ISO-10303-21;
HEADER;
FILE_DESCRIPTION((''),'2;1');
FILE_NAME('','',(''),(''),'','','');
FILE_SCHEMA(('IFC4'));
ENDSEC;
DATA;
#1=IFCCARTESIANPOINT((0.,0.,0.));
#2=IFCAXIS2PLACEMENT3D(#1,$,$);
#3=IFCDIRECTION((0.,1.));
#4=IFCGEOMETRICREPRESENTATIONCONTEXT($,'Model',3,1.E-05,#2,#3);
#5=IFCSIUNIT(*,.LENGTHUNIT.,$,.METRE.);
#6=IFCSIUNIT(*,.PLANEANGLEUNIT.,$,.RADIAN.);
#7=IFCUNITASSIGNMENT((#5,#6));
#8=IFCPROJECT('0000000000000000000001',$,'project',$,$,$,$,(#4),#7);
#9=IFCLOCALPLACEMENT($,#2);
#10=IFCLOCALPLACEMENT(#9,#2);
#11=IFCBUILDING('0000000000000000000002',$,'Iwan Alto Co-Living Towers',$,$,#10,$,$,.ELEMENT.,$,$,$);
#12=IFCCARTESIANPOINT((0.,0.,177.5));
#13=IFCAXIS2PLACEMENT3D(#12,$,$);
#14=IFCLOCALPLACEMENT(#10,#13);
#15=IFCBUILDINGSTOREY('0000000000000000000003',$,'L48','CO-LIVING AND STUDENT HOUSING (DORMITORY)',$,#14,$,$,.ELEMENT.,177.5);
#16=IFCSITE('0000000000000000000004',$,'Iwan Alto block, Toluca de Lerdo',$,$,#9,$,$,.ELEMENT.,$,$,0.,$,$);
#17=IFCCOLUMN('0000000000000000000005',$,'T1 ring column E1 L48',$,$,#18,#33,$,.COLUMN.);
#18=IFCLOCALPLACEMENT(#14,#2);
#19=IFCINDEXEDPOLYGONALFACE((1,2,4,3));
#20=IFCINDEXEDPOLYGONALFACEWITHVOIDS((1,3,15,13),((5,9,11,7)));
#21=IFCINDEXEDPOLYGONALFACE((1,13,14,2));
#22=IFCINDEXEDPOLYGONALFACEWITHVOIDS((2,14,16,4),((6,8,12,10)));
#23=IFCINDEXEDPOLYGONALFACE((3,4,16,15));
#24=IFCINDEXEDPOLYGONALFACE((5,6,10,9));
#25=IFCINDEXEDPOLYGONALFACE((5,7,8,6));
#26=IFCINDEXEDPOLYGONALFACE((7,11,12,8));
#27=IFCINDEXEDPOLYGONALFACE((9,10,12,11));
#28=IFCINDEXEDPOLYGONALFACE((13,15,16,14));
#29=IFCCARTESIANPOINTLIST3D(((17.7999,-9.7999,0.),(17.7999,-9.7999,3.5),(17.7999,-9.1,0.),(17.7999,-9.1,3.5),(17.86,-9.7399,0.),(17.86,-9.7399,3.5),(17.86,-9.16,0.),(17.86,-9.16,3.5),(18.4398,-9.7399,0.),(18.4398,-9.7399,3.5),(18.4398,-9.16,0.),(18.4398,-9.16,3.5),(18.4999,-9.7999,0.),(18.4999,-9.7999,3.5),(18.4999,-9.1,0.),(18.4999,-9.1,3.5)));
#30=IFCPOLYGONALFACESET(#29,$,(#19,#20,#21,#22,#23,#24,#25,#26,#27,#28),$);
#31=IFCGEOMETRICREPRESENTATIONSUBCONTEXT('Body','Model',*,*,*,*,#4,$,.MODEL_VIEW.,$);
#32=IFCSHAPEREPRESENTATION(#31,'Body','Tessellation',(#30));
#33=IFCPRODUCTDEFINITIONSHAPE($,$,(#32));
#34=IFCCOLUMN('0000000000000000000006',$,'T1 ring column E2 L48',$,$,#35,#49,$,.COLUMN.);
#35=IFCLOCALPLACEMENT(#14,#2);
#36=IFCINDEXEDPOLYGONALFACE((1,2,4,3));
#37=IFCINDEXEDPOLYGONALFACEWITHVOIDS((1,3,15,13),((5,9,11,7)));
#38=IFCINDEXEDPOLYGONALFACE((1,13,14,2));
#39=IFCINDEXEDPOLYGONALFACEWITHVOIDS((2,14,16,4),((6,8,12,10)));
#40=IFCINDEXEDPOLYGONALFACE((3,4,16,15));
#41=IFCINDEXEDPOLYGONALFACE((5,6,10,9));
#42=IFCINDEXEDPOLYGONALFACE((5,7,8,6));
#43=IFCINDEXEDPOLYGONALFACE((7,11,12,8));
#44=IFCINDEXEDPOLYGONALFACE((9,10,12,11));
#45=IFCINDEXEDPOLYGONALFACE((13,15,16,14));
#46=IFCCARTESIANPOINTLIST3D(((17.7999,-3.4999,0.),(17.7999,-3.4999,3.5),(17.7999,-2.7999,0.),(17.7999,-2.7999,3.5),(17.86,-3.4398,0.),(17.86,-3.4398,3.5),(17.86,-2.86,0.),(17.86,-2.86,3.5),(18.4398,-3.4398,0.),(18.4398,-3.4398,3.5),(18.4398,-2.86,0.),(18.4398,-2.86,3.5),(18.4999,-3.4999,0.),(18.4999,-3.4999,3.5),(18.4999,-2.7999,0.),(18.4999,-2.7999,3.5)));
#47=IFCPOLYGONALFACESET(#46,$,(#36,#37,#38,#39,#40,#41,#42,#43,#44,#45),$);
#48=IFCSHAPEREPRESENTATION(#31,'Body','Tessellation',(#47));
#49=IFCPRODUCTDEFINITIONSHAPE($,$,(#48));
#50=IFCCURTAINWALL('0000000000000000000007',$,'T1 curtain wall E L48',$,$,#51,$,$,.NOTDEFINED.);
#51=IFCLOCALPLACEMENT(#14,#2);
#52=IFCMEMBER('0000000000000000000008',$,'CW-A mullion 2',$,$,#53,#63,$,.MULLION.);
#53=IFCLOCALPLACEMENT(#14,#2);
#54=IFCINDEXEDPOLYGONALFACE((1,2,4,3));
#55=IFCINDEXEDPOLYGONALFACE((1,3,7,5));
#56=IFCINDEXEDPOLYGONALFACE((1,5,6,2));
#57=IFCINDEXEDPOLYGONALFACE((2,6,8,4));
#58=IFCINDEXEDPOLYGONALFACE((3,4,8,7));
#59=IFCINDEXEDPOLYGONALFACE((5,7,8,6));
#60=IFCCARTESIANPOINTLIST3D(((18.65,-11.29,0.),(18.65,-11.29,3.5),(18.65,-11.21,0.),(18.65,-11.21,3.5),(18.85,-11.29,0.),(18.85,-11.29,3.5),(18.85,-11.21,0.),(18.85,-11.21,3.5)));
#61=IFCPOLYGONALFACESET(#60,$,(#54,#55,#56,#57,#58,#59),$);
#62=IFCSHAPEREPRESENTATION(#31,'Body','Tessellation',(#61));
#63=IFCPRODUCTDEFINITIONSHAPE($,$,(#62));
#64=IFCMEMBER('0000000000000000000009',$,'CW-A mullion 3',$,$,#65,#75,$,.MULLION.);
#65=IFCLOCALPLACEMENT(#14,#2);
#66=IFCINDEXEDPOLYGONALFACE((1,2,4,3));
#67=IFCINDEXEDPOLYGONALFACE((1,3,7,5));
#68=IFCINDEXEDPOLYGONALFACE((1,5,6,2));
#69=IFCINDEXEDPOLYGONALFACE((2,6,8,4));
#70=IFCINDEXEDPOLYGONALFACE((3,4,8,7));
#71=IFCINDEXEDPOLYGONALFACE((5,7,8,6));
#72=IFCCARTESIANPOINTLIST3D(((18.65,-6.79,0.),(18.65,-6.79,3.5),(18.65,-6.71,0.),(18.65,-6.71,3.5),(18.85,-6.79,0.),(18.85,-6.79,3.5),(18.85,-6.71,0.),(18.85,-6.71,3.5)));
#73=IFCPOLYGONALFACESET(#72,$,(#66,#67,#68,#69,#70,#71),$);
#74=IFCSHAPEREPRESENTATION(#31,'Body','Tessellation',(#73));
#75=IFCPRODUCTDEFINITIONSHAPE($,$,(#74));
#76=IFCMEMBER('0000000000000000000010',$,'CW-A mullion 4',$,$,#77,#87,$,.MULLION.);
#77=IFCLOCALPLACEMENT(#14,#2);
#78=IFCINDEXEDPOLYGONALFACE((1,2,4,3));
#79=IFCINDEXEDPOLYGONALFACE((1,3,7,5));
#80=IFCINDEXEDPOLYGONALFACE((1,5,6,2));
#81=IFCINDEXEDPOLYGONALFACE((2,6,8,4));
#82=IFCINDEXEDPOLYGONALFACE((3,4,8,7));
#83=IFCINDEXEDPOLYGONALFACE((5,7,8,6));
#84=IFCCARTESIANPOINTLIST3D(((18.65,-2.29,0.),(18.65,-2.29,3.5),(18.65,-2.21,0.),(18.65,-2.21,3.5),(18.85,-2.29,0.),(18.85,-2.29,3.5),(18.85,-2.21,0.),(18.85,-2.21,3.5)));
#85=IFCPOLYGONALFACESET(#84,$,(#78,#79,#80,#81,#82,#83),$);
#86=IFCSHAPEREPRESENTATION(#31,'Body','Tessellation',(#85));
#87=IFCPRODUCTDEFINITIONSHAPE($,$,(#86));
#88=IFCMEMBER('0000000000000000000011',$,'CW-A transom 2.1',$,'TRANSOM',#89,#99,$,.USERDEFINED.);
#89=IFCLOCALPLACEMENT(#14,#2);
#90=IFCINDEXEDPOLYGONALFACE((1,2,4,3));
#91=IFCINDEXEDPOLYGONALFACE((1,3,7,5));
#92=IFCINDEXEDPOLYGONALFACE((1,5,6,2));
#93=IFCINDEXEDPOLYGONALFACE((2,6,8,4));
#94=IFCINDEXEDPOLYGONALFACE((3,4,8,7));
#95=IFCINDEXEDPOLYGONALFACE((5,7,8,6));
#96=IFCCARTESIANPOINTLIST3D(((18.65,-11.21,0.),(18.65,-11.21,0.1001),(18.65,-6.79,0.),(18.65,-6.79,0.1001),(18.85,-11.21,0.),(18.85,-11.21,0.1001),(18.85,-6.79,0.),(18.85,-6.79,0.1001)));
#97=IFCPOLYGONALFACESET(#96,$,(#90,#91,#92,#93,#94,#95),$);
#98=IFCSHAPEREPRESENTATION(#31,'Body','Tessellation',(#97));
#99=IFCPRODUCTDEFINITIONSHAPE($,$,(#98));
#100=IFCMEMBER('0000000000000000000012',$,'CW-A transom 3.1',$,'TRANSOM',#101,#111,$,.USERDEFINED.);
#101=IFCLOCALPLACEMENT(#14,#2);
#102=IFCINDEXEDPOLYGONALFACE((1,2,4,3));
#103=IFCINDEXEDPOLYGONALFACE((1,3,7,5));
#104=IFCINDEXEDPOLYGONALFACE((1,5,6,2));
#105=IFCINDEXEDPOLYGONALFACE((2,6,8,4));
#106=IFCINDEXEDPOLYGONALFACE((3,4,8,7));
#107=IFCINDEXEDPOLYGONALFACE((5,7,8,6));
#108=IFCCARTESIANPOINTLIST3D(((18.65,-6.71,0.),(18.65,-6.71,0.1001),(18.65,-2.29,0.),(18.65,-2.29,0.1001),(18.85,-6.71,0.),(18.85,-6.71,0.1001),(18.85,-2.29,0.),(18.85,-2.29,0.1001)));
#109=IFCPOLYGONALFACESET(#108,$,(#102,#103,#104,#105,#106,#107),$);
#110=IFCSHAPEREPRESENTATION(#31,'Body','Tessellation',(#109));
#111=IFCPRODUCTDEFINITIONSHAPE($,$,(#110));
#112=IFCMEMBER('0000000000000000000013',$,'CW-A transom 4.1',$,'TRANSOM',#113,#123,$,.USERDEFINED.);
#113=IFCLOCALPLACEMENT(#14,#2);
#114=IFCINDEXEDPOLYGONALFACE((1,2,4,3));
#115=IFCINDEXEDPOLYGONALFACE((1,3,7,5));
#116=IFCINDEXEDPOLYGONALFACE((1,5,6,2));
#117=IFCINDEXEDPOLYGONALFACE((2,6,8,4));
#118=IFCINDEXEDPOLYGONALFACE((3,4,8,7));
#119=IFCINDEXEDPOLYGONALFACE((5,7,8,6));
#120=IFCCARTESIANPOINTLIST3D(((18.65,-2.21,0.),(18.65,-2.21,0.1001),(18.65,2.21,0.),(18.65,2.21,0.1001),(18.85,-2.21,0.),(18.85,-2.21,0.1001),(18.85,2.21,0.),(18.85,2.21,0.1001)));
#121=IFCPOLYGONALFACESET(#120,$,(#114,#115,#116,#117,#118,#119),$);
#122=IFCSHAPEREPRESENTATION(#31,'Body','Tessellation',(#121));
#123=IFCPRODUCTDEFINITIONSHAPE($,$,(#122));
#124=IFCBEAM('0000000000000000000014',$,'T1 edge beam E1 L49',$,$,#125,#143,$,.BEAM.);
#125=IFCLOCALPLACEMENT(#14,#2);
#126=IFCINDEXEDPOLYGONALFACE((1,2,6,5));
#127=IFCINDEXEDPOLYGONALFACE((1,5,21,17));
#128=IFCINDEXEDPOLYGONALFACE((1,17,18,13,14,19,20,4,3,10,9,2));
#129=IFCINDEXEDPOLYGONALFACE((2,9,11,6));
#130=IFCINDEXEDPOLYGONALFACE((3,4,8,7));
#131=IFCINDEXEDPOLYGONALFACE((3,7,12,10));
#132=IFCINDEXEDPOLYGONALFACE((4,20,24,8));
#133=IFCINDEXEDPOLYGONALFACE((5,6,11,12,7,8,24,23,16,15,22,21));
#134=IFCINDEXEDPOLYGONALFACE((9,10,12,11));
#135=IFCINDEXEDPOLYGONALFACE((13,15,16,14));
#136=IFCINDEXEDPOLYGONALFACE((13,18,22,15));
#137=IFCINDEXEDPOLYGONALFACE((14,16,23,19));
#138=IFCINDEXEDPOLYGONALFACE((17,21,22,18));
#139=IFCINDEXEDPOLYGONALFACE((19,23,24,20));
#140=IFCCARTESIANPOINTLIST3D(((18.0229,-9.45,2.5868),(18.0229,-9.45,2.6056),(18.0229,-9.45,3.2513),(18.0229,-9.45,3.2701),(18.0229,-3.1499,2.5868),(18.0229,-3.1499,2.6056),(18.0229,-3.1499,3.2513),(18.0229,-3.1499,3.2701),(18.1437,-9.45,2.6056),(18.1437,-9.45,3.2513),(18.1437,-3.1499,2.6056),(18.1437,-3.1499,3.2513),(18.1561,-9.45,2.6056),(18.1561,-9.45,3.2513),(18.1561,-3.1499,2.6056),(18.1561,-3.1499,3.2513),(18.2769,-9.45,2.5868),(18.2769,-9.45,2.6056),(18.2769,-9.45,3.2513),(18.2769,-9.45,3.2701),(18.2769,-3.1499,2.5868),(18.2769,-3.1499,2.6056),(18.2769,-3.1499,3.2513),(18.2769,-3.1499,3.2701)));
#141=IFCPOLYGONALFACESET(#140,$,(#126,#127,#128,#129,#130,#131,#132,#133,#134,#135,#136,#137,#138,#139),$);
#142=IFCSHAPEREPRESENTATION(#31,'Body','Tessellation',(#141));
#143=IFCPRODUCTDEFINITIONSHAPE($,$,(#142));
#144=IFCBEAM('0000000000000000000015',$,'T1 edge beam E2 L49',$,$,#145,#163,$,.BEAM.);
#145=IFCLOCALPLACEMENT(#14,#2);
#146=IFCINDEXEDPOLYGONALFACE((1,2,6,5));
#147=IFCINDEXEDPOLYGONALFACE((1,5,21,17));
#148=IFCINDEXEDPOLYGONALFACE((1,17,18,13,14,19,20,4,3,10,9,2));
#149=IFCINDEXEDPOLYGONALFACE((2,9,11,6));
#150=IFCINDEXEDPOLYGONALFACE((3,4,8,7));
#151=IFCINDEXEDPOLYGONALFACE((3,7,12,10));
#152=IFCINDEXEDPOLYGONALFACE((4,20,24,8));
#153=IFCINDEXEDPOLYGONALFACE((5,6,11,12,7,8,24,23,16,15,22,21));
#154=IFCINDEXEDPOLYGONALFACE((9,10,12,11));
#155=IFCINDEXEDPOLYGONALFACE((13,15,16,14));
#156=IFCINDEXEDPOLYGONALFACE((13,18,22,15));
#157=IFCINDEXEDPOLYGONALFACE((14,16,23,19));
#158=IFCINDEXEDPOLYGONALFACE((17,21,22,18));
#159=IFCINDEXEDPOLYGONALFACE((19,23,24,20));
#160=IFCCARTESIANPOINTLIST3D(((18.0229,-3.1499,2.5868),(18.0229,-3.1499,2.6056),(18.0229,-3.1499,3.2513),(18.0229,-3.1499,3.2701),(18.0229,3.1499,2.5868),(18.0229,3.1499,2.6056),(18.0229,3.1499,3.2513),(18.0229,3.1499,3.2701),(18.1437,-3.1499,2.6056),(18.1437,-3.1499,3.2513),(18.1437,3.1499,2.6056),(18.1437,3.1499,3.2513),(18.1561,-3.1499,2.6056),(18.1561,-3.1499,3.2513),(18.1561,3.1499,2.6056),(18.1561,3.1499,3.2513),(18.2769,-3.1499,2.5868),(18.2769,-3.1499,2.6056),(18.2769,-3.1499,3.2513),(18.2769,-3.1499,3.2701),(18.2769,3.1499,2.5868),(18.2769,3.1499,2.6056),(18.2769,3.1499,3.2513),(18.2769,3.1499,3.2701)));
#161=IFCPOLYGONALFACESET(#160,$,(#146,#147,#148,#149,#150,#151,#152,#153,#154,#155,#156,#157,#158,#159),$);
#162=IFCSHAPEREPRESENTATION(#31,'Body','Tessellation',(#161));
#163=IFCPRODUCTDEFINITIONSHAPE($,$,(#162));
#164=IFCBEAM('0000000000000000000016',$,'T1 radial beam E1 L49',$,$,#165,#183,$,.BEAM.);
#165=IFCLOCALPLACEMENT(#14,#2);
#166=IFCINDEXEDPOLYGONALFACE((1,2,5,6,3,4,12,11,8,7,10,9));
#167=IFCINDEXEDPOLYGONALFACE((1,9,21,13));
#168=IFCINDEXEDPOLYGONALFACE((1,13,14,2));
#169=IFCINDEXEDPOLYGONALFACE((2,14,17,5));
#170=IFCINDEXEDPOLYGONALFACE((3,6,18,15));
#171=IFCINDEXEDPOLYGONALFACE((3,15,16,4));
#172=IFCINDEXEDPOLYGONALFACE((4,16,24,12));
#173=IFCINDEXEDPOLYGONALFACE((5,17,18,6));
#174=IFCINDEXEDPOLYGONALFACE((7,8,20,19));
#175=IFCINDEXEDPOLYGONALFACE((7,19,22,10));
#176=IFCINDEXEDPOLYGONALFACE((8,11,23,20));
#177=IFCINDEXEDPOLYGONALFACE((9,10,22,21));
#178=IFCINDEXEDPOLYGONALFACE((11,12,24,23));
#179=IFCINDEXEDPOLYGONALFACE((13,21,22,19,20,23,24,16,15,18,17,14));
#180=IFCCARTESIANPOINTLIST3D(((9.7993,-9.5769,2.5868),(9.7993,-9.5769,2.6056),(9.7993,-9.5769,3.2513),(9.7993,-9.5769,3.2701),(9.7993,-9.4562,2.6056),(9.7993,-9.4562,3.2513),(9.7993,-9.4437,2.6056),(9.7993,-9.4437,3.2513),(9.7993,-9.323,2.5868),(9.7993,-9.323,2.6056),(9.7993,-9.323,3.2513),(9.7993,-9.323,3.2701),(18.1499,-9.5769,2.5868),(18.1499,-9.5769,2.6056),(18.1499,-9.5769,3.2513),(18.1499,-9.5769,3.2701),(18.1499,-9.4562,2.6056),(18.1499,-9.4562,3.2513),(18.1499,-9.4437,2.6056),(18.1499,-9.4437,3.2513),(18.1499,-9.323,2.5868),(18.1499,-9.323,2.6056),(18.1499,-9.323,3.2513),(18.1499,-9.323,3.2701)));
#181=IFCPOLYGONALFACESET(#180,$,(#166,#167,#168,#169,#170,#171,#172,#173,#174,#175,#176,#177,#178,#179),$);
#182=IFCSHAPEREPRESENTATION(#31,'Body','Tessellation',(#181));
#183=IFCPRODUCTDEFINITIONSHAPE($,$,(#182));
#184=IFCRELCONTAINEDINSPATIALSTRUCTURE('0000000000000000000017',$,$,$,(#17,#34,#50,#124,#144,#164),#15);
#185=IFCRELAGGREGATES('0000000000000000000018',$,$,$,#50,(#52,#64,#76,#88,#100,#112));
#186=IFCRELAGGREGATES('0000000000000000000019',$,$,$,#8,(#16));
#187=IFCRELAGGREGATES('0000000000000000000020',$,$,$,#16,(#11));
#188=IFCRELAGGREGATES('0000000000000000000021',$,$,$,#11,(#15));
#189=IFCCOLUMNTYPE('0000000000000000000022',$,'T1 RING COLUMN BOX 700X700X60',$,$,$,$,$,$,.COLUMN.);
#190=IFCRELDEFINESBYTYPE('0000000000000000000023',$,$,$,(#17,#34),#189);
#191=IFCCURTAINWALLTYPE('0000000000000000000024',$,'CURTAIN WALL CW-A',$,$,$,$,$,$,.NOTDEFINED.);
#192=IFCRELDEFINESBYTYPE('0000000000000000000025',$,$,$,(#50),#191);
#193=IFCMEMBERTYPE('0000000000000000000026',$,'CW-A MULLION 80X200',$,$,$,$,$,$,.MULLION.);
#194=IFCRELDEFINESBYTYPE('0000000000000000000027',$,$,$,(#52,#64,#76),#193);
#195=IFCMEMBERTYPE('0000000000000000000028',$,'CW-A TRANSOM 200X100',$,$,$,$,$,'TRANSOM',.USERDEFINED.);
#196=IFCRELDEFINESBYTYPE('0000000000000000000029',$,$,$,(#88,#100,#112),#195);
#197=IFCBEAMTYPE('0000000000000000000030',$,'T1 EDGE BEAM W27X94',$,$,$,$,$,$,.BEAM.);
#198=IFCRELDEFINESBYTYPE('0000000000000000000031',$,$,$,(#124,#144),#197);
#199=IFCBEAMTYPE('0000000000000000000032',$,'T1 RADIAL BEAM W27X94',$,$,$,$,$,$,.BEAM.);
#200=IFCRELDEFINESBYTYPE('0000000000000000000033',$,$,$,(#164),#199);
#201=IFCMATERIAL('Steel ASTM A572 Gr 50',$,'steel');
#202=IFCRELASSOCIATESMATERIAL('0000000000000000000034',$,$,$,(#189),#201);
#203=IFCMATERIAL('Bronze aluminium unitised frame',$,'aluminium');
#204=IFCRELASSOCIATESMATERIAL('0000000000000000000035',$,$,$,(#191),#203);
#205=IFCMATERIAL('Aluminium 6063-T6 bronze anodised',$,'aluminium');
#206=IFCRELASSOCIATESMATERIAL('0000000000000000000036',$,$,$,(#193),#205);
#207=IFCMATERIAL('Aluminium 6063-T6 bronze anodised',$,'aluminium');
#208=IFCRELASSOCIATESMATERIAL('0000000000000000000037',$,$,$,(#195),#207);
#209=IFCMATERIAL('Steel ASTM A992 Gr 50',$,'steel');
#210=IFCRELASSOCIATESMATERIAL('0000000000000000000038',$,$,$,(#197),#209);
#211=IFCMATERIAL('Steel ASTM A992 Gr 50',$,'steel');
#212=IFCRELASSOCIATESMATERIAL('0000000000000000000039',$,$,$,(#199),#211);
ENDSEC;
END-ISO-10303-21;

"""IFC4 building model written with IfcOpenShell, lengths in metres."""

from ifc_helpers import new_model, si_unit, direction, frame, origin, origin_2d, place, context, subcontext, project, spatial, rectangle, hollow_rectangle, i_section, extrude, material, material_profile, profile_set, type_object, element, aggregate, save


model = new_model("IFC4")

# Units and contexts
model_context = context("Model", 3, precision=1e-05, world=origin(), true_north=direction((0.0, 1.0)))
body_context = subcontext(model_context, "Body", "Model", "MODEL_VIEW")
ifc_project = project(units=[si_unit("LENGTHUNIT", "METRE"), si_unit("PLANEANGLEUNIT", "RADIAN")], contexts=[model_context])

# Site, building, storey
site_placement = place(None, origin())
site = spatial("IfcSite", under=ifc_project, at=site_placement, Name="Iwan Alto block, Toluca de Lerdo", CompositionType="ELEMENT", RefElevation=0.0)
building_placement = place(site_placement, origin())
building = spatial("IfcBuilding", under=site, at=building_placement, Name="Iwan Alto Co-Living Towers", CompositionType="ELEMENT")
storey_placement = place(building_placement, frame((0.0, 0.0, 177.5)))
storey = spatial("IfcBuildingStorey", under=building, at=storey_placement, Name="L48", Description="CO-LIVING AND STUDENT HOUSING (DORMITORY)", CompositionType="ELEMENT", Elevation=177.5)

# Columns
ifc_material_1 = material(Name="Steel ASTM A572 Gr 50", Category="steel")
ifc_material_profile_1 = material_profile(ifc_material_1, hollow_rectangle(XDim=0.7, YDim=0.7, WallThickness=0.0601, at=origin_2d()), Name="BOX 700X700X60")
ifc_profile_set_1 = profile_set([ifc_material_profile_1], Name="Steel ASTM A572 Gr 50")
column_type = type_object("IfcColumnType", Name="T1 RING COLUMN BOX 700X700X60", PredefinedType="COLUMN", material=ifc_profile_set_1)
for number, where, z_axis, x_axis, name in (
    (1, (18.1499, -9.45, 0.0), (0.0, 0.0, 1.0), (1.0, 0.0, 0.0), "T1 ring column E1 L48"),
    (2, (18.1499, -3.1499, 0.0), (0.0, 0.0, 1.0), (1.0, 0.0, 0.0), "T1 ring column E2 L48"),
):
    element("IfcColumn", number, at=place(storey_placement, frame(where, z_axis=z_axis, x_axis=x_axis)), inside=storey, type_object=column_type, Name=name, PredefinedType="COLUMN", context=body_context, shape_type="SweptSolid", body=[
        extrude(hollow_rectangle(XDim=0.7, YDim=0.7, WallThickness=0.0601, at=origin_2d()), origin(), (0.0, 0.0, 1.0), 3.5),
    ])

# Curtain wall, members
ifc_material_2 = material(Name="Bronze aluminium unitised frame", Category="aluminium")
curtain_wall_type = type_object("IfcCurtainWallType", Name="CURTAIN WALL CW-A", PredefinedType="NOTDEFINED", material=ifc_material_2)
curtain_wall_placement = place(storey_placement, origin())
curtain_wall = element("IfcCurtainWall", 3, at=curtain_wall_placement, inside=storey, type_object=curtain_wall_type, Name="T1 curtain wall E L48", PredefinedType="NOTDEFINED")
ifc_material_3 = material(Name="Aluminium 6063-T6 bronze anodised", Category="aluminium")
ifc_material_profile_2 = material_profile(ifc_material_3, rectangle(XDim=0.2, YDim=0.0801, at=origin_2d()), Name="AL 80X200")
ifc_profile_set_2 = profile_set([ifc_material_profile_2], Name="Aluminium 6063-T6 bronze anodised")
member_type_1 = type_object("IfcMemberType", Name="CW-A MULLION 80X200", PredefinedType="MULLION", material=ifc_profile_set_2)
member_1_placement = place(storey_placement, frame((18.75, -11.25, 0.0), z_axis=(0.0, 0.0, 1.0), x_axis=(-1.0, 0.0, 0.0)))
member_1 = element("IfcMember", 4, at=member_1_placement, type_object=member_type_1, Name="CW-A mullion 2", PredefinedType="MULLION", context=body_context, shape_type="SweptSolid", body=[
    extrude(rectangle(XDim=0.2, YDim=0.0801, at=origin_2d()), origin(), (0.0, 0.0, 1.0), 3.5),
])
member_2_placement = place(storey_placement, frame((18.75, -6.75, 0.0), z_axis=(0.0, 0.0, 1.0), x_axis=(-1.0, 0.0, 0.0)))
member_2 = element("IfcMember", 5, at=member_2_placement, type_object=member_type_1, Name="CW-A mullion 3", PredefinedType="MULLION", context=body_context, shape_type="SweptSolid", body=[
    extrude(rectangle(XDim=0.2, YDim=0.0801, at=origin_2d()), origin(), (0.0, 0.0, 1.0), 3.5),
])
member_3_placement = place(storey_placement, frame((18.75, -2.25, 0.0), z_axis=(0.0, 0.0, 1.0), x_axis=(-1.0, 0.0, 0.0)))
member_3 = element("IfcMember", 6, at=member_3_placement, type_object=member_type_1, Name="CW-A mullion 4", PredefinedType="MULLION", context=body_context, shape_type="SweptSolid", body=[
    extrude(rectangle(XDim=0.2, YDim=0.0801, at=origin_2d()), origin(), (0.0, 0.0, 1.0), 3.5),
])
ifc_material_4 = material(Name="Aluminium 6063-T6 bronze anodised", Category="aluminium")
ifc_material_profile_3 = material_profile(ifc_material_4, rectangle(XDim=0.2, YDim=0.1001, at=origin_2d()), Name="AL 200X100")
ifc_profile_set_3 = profile_set([ifc_material_profile_3], Name="Aluminium 6063-T6 bronze anodised")
member_type_2 = type_object("IfcMemberType", Name="CW-A TRANSOM 200X100", ElementType="TRANSOM", PredefinedType="USERDEFINED", material=ifc_profile_set_3)
member_4_placement = place(storey_placement, frame((18.75, -11.21, 0.05), z_axis=(0.0, 1.0, 0.0), x_axis=(-1.0, 0.0, 0.0)))
member_4 = element("IfcMember", 7, at=member_4_placement, type_object=member_type_2, Name="CW-A transom 2.1", ObjectType="TRANSOM", PredefinedType="USERDEFINED", context=body_context, shape_type="SweptSolid", body=[
    extrude(rectangle(XDim=0.2, YDim=0.1001, at=origin_2d()), origin(), (0.0, 0.0, 1.0), 4.4199),
])
member_5_placement = place(storey_placement, frame((18.75, -6.71, 0.05), z_axis=(0.0, 1.0, 0.0), x_axis=(-1.0, 0.0, 0.0)))
member_5 = element("IfcMember", 8, at=member_5_placement, type_object=member_type_2, Name="CW-A transom 3.1", ObjectType="TRANSOM", PredefinedType="USERDEFINED", context=body_context, shape_type="SweptSolid", body=[
    extrude(rectangle(XDim=0.2, YDim=0.1001, at=origin_2d()), origin(), (0.0, 0.0, 1.0), 4.4199),
])
member_6_placement = place(storey_placement, frame((18.75, -2.21, 0.05), z_axis=(0.0, 1.0, 0.0), x_axis=(-1.0, 0.0, 0.0)))
member_6 = element("IfcMember", 9, at=member_6_placement, type_object=member_type_2, Name="CW-A transom 4.1", ObjectType="TRANSOM", PredefinedType="USERDEFINED", context=body_context, shape_type="SweptSolid", body=[
    extrude(rectangle(XDim=0.2, YDim=0.1001, at=origin_2d()), origin(), (0.0, 0.0, 1.0), 4.4199),
])

# Beams
ifc_material_5 = material(Name="Steel ASTM A992 Gr 50", Category="steel")
ifc_material_profile_4 = material_profile(ifc_material_5, i_section(OverallWidth=0.2539, OverallDepth=0.6833, WebThickness=0.0125, FlangeThickness=0.0188, at=origin_2d()), Name="W27X94")
ifc_profile_set_4 = profile_set([ifc_material_profile_4], Name="Steel ASTM A992 Gr 50")
beam_type_1 = type_object("IfcBeamType", Name="T1 EDGE BEAM W27X94", PredefinedType="BEAM", material=ifc_profile_set_4)
beam_1_placement = place(storey_placement, frame((18.1499, -9.45, 2.9285), z_axis=(0.0, 1.0, 0.0), x_axis=(-1.0, 0.0, 0.0)))
element("IfcBeam", 10, at=beam_1_placement, inside=storey, type_object=beam_type_1, Name="T1 edge beam E1 L49", PredefinedType="BEAM", context=body_context, shape_type="SweptSolid", body=[
    extrude(i_section(OverallWidth=0.2539, OverallDepth=0.6833, WebThickness=0.0125, FlangeThickness=0.0188, at=origin_2d()), origin(), (0.0, 0.0, 1.0), 6.3),
])
beam_2_placement = place(storey_placement, frame((18.1499, -3.1499, 2.9285), z_axis=(0.0, 1.0, 0.0), x_axis=(-1.0, 0.0, 0.0)))
element("IfcBeam", 11, at=beam_2_placement, inside=storey, type_object=beam_type_1, Name="T1 edge beam E2 L49", PredefinedType="BEAM", context=body_context, shape_type="SweptSolid", body=[
    extrude(i_section(OverallWidth=0.2539, OverallDepth=0.6833, WebThickness=0.0125, FlangeThickness=0.0188, at=origin_2d()), origin(), (0.0, 0.0, 1.0), 6.2998),
])
ifc_material_6 = material(Name="Steel ASTM A992 Gr 50", Category="steel")
ifc_material_profile_5 = material_profile(ifc_material_6, i_section(OverallWidth=0.2539, OverallDepth=0.6833, WebThickness=0.0125, FlangeThickness=0.0188, at=origin_2d()), Name="W27X94")
ifc_profile_set_5 = profile_set([ifc_material_profile_5], Name="Steel ASTM A992 Gr 50")
beam_type_2 = type_object("IfcBeamType", Name="T1 RADIAL BEAM W27X94", PredefinedType="BEAM", material=ifc_profile_set_5)
for number, where, z_axis, x_axis, name in (
    (12, (18.1499, -9.45, 2.9285), (-1.0, 0.0, 0.0), (0.0, -1.0, 0.0), "T1 radial beam E1 L49"),
):
    element("IfcBeam", number, at=place(storey_placement, frame(where, z_axis=z_axis, x_axis=x_axis)), inside=storey, type_object=beam_type_2, Name=name, PredefinedType="BEAM", context=body_context, shape_type="SweptSolid", body=[
        extrude(i_section(OverallWidth=0.2539, OverallDepth=0.6833, WebThickness=0.0125, FlangeThickness=0.0188, at=origin_2d()), origin(), (0.0, 0.0, 1.0), 8.3506),
    ])

aggregate(curtain_wall, [member_1, member_2, member_3, member_4, member_5, member_6])

save(model, "model.ifc")
